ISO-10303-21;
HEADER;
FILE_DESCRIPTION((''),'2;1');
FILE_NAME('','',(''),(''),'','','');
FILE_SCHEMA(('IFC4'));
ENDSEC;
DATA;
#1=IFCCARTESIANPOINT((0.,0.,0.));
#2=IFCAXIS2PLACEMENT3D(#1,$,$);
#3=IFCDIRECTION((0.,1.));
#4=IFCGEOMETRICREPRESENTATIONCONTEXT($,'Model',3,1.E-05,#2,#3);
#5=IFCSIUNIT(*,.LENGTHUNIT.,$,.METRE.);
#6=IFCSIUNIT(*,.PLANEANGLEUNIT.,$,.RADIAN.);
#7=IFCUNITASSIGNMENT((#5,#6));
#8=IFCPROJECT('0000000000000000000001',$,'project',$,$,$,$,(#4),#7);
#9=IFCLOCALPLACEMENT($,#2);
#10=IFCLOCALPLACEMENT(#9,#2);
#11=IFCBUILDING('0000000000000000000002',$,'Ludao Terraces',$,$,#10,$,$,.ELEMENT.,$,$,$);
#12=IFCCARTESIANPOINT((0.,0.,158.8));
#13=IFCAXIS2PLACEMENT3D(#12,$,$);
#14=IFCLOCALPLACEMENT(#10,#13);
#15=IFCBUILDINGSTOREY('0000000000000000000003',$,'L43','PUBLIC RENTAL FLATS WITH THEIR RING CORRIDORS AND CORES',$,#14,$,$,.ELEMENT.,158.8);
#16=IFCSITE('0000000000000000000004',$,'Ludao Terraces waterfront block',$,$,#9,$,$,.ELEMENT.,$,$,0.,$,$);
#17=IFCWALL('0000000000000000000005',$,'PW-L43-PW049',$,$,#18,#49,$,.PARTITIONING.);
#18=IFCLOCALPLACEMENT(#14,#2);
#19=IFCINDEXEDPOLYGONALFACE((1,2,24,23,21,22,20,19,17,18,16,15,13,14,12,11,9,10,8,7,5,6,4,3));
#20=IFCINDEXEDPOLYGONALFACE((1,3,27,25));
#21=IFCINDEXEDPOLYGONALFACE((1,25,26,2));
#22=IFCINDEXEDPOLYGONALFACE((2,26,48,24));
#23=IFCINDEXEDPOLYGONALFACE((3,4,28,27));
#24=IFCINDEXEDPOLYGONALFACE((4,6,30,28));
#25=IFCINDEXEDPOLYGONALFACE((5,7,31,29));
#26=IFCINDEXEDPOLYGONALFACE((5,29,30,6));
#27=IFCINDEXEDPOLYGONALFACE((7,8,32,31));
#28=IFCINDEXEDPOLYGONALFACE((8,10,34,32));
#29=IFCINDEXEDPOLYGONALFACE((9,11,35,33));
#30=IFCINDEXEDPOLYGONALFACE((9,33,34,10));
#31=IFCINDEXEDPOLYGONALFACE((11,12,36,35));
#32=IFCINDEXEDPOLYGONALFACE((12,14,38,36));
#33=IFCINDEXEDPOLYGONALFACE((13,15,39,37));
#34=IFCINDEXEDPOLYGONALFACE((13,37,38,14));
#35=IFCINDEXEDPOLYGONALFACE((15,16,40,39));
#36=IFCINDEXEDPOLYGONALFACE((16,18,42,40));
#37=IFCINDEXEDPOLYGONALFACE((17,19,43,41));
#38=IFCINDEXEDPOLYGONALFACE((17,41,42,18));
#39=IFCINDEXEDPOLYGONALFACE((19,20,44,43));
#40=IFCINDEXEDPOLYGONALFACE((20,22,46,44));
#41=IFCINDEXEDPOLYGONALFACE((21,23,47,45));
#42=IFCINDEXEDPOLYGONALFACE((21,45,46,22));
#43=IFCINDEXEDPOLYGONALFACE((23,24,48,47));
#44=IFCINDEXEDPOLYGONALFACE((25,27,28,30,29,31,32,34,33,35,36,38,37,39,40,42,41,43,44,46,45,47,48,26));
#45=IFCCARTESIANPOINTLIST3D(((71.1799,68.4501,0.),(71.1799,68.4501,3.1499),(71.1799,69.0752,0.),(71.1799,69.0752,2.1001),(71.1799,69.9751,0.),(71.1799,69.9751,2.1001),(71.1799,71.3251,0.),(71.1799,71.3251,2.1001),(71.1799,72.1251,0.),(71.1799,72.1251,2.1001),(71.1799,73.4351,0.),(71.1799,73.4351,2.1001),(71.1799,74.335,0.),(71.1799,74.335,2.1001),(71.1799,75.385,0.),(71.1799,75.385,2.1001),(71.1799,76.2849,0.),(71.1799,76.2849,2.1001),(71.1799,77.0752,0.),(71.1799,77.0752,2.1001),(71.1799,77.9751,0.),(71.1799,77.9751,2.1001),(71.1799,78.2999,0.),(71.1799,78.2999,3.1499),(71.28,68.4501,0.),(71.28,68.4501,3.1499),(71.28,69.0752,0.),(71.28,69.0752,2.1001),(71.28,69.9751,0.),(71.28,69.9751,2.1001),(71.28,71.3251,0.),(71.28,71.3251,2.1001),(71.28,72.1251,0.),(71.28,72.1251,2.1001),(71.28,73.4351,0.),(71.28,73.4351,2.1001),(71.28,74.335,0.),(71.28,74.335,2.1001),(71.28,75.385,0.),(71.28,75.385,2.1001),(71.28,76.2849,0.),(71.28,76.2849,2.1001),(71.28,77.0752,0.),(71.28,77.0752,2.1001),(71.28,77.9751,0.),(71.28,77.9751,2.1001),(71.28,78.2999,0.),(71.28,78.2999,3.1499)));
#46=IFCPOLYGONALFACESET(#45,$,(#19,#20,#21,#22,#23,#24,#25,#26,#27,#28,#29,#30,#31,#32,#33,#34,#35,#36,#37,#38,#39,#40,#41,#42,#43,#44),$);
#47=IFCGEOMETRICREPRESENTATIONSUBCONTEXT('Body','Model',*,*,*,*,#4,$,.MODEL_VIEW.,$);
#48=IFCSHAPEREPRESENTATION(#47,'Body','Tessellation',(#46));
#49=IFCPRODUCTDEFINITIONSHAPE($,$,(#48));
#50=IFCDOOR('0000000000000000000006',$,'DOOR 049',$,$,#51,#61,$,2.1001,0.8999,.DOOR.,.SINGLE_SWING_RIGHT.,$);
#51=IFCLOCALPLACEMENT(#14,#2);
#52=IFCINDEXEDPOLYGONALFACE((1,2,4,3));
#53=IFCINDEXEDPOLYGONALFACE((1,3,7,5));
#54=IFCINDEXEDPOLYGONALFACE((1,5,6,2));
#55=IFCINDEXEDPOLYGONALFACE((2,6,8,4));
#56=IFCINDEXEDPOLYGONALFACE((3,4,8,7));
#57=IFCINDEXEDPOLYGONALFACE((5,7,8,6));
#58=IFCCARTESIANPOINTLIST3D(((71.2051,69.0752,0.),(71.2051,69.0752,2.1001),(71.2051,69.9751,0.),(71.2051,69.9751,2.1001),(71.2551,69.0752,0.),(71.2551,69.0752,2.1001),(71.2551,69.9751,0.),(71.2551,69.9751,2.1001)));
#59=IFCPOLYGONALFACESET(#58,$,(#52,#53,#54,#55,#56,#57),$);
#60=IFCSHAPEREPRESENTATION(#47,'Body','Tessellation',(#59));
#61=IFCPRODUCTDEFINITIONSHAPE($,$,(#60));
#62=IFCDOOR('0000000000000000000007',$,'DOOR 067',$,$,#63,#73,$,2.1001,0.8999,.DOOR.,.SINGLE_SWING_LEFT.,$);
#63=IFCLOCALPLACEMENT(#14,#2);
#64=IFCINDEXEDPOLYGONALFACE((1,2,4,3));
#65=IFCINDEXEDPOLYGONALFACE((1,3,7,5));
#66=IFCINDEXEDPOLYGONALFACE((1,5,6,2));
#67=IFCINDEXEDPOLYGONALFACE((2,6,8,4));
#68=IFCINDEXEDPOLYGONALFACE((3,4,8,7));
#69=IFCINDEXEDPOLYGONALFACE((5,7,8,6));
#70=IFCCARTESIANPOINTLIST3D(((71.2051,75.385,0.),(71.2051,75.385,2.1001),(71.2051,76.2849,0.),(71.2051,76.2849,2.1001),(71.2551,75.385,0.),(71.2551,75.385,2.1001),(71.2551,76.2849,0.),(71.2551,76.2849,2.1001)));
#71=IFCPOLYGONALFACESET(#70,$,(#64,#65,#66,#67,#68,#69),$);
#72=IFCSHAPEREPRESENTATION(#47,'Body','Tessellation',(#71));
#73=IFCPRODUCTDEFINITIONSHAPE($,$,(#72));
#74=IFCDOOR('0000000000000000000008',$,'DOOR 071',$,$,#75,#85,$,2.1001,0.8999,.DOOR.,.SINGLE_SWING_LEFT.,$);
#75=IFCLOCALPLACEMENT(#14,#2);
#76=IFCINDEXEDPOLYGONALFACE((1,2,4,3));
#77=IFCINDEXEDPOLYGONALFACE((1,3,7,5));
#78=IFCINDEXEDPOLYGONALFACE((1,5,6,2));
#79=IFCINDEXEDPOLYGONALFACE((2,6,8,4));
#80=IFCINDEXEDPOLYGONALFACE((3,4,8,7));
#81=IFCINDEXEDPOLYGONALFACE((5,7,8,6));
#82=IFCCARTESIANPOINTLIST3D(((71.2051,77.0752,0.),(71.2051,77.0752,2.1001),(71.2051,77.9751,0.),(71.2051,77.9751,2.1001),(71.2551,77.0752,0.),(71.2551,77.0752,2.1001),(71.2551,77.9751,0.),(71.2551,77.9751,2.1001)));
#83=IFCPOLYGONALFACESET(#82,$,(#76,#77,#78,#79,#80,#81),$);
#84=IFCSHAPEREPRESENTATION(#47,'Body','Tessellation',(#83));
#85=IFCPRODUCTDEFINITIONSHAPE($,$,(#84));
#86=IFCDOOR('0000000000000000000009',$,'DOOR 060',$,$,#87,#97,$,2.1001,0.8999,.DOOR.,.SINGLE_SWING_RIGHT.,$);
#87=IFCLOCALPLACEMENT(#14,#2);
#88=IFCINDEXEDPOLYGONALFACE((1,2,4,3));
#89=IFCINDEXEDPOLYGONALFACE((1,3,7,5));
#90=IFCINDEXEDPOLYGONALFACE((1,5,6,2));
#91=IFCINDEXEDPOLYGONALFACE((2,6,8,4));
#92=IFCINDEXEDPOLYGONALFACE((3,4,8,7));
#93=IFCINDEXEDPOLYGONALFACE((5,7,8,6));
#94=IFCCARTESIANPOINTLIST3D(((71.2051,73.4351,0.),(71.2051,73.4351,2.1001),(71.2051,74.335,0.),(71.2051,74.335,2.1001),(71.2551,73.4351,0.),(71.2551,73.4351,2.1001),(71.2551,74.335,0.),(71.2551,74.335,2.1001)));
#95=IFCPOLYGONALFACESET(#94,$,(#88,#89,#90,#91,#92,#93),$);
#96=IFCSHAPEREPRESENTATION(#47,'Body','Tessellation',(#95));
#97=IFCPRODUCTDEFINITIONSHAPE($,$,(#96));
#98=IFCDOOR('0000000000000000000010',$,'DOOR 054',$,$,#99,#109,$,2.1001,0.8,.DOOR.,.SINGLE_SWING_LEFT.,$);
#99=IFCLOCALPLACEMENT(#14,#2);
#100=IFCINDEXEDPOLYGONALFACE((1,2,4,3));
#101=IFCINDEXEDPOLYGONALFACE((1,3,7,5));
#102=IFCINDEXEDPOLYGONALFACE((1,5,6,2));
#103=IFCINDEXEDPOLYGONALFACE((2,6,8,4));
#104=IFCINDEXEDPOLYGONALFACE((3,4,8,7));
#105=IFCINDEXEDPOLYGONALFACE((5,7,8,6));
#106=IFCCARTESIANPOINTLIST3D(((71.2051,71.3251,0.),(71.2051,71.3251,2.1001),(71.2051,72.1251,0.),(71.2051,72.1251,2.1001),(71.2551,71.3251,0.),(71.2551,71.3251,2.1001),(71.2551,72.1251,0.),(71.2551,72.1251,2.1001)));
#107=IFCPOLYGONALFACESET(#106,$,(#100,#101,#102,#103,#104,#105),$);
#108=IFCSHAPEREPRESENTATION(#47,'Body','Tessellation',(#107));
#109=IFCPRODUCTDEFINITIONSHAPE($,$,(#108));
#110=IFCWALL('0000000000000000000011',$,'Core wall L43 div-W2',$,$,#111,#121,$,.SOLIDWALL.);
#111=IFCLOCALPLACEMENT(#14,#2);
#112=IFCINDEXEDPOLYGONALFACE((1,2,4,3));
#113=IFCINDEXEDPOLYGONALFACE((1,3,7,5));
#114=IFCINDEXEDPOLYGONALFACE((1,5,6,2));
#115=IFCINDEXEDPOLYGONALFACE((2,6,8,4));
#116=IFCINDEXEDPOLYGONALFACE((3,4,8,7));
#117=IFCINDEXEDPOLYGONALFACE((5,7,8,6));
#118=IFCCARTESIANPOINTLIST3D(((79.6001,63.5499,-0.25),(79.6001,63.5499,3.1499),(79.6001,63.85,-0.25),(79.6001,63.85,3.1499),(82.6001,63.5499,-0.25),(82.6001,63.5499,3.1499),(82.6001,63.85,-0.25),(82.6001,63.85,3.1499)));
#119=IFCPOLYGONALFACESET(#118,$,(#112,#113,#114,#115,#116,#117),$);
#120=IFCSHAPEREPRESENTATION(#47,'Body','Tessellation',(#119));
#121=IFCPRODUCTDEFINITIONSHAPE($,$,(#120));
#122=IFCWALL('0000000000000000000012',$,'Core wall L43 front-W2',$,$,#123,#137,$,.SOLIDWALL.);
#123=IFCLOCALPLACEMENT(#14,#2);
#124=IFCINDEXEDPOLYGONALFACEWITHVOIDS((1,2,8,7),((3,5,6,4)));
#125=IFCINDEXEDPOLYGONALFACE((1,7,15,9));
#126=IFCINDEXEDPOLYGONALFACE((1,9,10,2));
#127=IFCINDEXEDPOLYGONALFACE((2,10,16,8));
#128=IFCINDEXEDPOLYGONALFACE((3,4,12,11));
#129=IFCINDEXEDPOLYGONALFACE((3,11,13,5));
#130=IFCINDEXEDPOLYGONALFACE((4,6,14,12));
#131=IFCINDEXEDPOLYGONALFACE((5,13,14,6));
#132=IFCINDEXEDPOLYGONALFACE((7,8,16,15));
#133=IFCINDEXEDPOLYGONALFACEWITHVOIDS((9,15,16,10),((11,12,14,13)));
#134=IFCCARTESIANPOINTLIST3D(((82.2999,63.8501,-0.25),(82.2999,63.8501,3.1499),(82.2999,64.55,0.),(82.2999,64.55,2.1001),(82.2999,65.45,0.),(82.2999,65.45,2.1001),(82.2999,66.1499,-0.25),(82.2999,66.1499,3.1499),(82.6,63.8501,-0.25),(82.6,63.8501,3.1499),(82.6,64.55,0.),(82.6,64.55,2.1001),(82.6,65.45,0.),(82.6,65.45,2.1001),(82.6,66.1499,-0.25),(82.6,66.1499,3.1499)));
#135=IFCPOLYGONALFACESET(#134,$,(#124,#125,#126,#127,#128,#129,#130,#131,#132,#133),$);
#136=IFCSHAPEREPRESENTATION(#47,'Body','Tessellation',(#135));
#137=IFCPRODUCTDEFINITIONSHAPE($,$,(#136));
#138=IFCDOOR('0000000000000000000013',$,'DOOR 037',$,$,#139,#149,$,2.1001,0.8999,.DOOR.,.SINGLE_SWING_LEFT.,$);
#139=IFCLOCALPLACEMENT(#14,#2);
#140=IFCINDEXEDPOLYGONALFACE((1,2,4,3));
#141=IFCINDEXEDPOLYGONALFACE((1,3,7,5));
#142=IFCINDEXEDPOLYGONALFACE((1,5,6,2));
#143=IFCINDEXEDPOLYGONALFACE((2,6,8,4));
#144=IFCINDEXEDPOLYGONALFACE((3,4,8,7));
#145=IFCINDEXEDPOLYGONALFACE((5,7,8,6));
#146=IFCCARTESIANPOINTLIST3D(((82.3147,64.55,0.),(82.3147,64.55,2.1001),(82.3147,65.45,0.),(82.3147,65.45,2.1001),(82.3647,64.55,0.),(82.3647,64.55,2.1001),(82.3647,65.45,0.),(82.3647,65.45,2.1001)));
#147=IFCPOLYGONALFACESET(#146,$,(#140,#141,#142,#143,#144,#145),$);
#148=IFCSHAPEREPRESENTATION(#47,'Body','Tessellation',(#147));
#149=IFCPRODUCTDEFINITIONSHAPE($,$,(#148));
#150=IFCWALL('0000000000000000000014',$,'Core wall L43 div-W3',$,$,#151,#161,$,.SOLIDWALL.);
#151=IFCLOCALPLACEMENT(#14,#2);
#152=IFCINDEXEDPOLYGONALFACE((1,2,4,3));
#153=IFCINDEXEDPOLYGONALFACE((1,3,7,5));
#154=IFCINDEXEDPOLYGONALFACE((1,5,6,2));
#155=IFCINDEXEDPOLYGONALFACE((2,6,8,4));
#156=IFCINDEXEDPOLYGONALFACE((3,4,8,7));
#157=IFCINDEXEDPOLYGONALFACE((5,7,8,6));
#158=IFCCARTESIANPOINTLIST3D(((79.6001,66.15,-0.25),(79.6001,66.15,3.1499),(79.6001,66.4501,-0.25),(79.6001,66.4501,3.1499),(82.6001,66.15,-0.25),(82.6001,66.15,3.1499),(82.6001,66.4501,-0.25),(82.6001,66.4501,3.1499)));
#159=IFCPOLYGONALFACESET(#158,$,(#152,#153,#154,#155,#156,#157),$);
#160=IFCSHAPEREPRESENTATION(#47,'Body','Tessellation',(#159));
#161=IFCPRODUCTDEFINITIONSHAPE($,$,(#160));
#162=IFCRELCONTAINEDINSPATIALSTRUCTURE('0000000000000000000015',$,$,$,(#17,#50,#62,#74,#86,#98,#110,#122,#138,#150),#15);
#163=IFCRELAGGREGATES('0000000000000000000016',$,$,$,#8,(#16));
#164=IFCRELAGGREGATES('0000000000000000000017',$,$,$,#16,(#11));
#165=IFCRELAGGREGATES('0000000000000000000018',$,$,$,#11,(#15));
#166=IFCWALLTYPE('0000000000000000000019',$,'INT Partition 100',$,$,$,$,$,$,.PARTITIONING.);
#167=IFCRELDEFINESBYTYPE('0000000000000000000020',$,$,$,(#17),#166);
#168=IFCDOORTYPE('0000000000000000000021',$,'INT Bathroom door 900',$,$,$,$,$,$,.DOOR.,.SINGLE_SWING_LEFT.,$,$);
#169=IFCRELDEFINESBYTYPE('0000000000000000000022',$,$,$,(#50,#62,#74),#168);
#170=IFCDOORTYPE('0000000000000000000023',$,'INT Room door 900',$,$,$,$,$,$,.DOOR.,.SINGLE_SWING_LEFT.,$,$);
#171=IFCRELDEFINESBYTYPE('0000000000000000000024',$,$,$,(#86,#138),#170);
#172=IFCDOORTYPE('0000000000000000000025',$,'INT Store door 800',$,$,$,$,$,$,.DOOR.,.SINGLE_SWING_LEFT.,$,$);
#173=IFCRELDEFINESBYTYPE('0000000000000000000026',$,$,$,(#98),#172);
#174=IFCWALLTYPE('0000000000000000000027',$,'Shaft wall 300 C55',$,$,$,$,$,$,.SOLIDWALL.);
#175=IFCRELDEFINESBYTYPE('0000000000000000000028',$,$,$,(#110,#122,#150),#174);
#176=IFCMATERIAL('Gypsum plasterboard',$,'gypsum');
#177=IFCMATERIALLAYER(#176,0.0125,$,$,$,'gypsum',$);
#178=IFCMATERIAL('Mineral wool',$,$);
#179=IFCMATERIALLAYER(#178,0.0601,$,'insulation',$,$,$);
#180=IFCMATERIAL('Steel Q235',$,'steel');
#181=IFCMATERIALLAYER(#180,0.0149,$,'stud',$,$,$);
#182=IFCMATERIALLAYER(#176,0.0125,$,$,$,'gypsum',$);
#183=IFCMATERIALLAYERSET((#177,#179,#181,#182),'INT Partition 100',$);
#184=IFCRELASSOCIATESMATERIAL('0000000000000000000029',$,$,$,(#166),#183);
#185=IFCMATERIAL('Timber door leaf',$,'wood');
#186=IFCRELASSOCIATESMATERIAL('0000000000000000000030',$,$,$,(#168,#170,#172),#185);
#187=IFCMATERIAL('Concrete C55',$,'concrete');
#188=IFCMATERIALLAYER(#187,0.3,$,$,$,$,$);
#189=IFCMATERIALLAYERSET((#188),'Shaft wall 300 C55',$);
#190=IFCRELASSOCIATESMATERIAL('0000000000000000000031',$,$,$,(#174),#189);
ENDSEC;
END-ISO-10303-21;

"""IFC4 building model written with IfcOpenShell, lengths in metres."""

from ifc_helpers import new_model, si_unit, direction, frame, frame_2d, origin, place, context, subcontext, project, spatial, rectangle, extrude, material, layer, layer_set, type_object, element, fill, save


model = new_model("IFC4")

# Units and contexts
model_context = context("Model", 3, precision=1e-05, world=origin(), true_north=direction((0.0, 1.0)))
body_context = subcontext(model_context, "Body", "Model", "MODEL_VIEW")
ifc_project = project(units=[si_unit("LENGTHUNIT", "METRE"), si_unit("PLANEANGLEUNIT", "RADIAN")], contexts=[model_context])

# Site, building, storey
site_placement = place(None, origin())
site = spatial("IfcSite", under=ifc_project, at=site_placement, Name="Ludao Terraces waterfront block", CompositionType="ELEMENT", RefElevation=0.0)
building_placement = place(site_placement, origin())
building = spatial("IfcBuilding", under=site, at=building_placement, Name="Ludao Terraces", CompositionType="ELEMENT")
storey_placement = place(building_placement, frame((0.0, 0.0, 158.8)))
storey = spatial("IfcBuildingStorey", under=building, at=storey_placement, Name="L43", Description="PUBLIC RENTAL FLATS WITH THEIR RING CORRIDORS AND CORES", CompositionType="ELEMENT", Elevation=158.8)

# Shared definitions
ifc_material_1 = material(Name="Mineral wool")
ifc_material_2 = material(Name="Steel Q235", Category="steel")
ifc_material_3 = material(Name="Gypsum plasterboard", Category="gypsum")
ifc_layer_1 = layer(ifc_material_3, 0.0125, Category="gypsum")
ifc_layer_2 = layer(ifc_material_1, 0.0601, Name="insulation")
ifc_layer_3 = layer(ifc_material_2, 0.0149, Name="stud")
ifc_layer_4 = layer(ifc_material_3, 0.0125, Category="gypsum")
ifc_layer_set_1 = layer_set([ifc_layer_1, ifc_layer_2, ifc_layer_3, ifc_layer_4], Name="INT Partition 100")
wall_type_1 = type_object("IfcWallType", Name="INT Partition 100", PredefinedType="PARTITIONING", material=ifc_layer_set_1)

# Wall, openings, doors
wall_1_placement = place(storey_placement, frame((71.23, 68.4502, 0.0), z_axis=(0.0, 0.0, 1.0), x_axis=(0.0, 1.0, 0.0)))
wall_1 = element("IfcWall", 1, at=wall_1_placement, inside=storey, type_object=wall_type_1, Name="PW-L43-PW049", PredefinedType="PARTITIONING", context=body_context, shape_type="SweptSolid", body=[
    extrude(rectangle(XDim=9.8499, YDim=0.1001, at=frame_2d((4.9248, 0.0))), origin(), (0.0, 0.0, 1.0), 3.1499),
])
opening_1_placement = place(wall_1_placement, frame((0.625, 0.0, 0.0)))
opening_1 = element("IfcOpeningElement", 2, at=opening_1_placement, cuts=wall_1, PredefinedType="OPENING", context=body_context, shape_type="SweptSolid", body=[
    extrude(rectangle(XDim=0.8999, YDim=2.1001, at=frame_2d((0.45, 1.05))), frame((0.0, 0.0601, 0.0), z_axis=(0.0, -1.0, 0.0), x_axis=(1.0, 0.0, 0.0)), (0.0, 0.0, 1.0), 0.1201),
])
opening_2_placement = place(wall_1_placement, frame((2.875, 0.0, 0.0)))
opening_2 = element("IfcOpeningElement", 3, at=opening_2_placement, cuts=wall_1, PredefinedType="OPENING", context=body_context, shape_type="SweptSolid", body=[
    extrude(rectangle(XDim=0.8, YDim=2.1001, at=frame_2d((0.3999, 1.05))), frame((0.0, 0.0601, 0.0), z_axis=(0.0, -1.0, 0.0), x_axis=(1.0, 0.0, 0.0)), (0.0, 0.0, 1.0), 0.1201),
])
opening_3_placement = place(wall_1_placement, frame((4.9849, 0.0, 0.0)))
opening_3 = element("IfcOpeningElement", 4, at=opening_3_placement, cuts=wall_1, PredefinedType="OPENING", context=body_context, shape_type="SweptSolid", body=[
    extrude(rectangle(XDim=0.8999, YDim=2.1001, at=frame_2d((0.45, 1.05))), frame((0.0, 0.0601, 0.0), z_axis=(0.0, -1.0, 0.0), x_axis=(1.0, 0.0, 0.0)), (0.0, 0.0, 1.0), 0.1201),
])
opening_4_placement = place(wall_1_placement, frame((6.9348, 0.0, 0.0)))
opening_4 = element("IfcOpeningElement", 5, at=opening_4_placement, cuts=wall_1, PredefinedType="OPENING", context=body_context, shape_type="SweptSolid", body=[
    extrude(rectangle(XDim=0.8999, YDim=2.1001, at=frame_2d((0.45, 1.05))), frame((0.0, 0.0601, 0.0), z_axis=(0.0, -1.0, 0.0), x_axis=(1.0, 0.0, 0.0)), (0.0, 0.0, 1.0), 0.1201),
])
opening_5_placement = place(wall_1_placement, frame((8.625, 0.0, 0.0)))
opening_5 = element("IfcOpeningElement", 6, at=opening_5_placement, cuts=wall_1, PredefinedType="OPENING", context=body_context, shape_type="SweptSolid", body=[
    extrude(rectangle(XDim=0.8999, YDim=2.1001, at=frame_2d((0.45, 1.05))), frame((0.0, 0.0601, 0.0), z_axis=(0.0, -1.0, 0.0), x_axis=(1.0, 0.0, 0.0)), (0.0, 0.0, 1.0), 0.1201),
])
ifc_material_4 = material(Name="Timber door leaf", Category="wood")
door_type_1 = type_object("IfcDoorType", Name="INT Bathroom door 900", OperationType="SINGLE_SWING_LEFT", PredefinedType="DOOR", material=ifc_material_4)
door_1_placement = place(opening_1_placement, origin())
door_1 = element("IfcDoor", 7, at=door_1_placement, inside=storey, type_object=door_type_1, Name="DOOR 049", OperationType="SINGLE_SWING_RIGHT", OverallHeight=2.1001, OverallWidth=0.8999, PredefinedType="DOOR", context=body_context, shape_type="SweptSolid", body=[
    extrude(rectangle(XDim=0.8999, YDim=2.1001, at=frame_2d((0.45, 1.05))), frame((0.0, 0.0249, 0.0), z_axis=(0.0, -1.0, 0.0), x_axis=(1.0, 0.0, 0.0)), (0.0, 0.0, 1.0), 0.05),
])
fill(opening_1, door_1)
door_2_placement = place(opening_4_placement, origin())
door_2 = element("IfcDoor", 8, at=door_2_placement, inside=storey, type_object=door_type_1, Name="DOOR 067", OperationType="SINGLE_SWING_LEFT", OverallHeight=2.1001, OverallWidth=0.8999, PredefinedType="DOOR", context=body_context, shape_type="SweptSolid", body=[
    extrude(rectangle(XDim=0.8999, YDim=2.1001, at=frame_2d((0.45, 1.05))), frame((0.0, 0.0249, 0.0), z_axis=(0.0, -1.0, 0.0), x_axis=(1.0, 0.0, 0.0)), (0.0, 0.0, 1.0), 0.05),
])
fill(opening_4, door_2)
door_3_placement = place(opening_5_placement, origin())
door_3 = element("IfcDoor", 9, at=door_3_placement, inside=storey, type_object=door_type_1, Name="DOOR 071", OperationType="SINGLE_SWING_LEFT", OverallHeight=2.1001, OverallWidth=0.8999, PredefinedType="DOOR", context=body_context, shape_type="SweptSolid", body=[
    extrude(rectangle(XDim=0.8999, YDim=2.1001, at=frame_2d((0.45, 1.05))), frame((0.0, 0.0249, 0.0), z_axis=(0.0, -1.0, 0.0), x_axis=(1.0, 0.0, 0.0)), (0.0, 0.0, 1.0), 0.05),
])
fill(opening_5, door_3)
door_type_2 = type_object("IfcDoorType", Name="INT Room door 900", OperationType="SINGLE_SWING_LEFT", PredefinedType="DOOR", material=ifc_material_4)
door_4_placement = place(opening_3_placement, origin())
door_4 = element("IfcDoor", 10, at=door_4_placement, inside=storey, type_object=door_type_2, Name="DOOR 060", OperationType="SINGLE_SWING_RIGHT", OverallHeight=2.1001, OverallWidth=0.8999, PredefinedType="DOOR", context=body_context, shape_type="SweptSolid", body=[
    extrude(rectangle(XDim=0.8999, YDim=2.1001, at=frame_2d((0.45, 1.05))), frame((0.0, 0.0249, 0.0), z_axis=(0.0, -1.0, 0.0), x_axis=(1.0, 0.0, 0.0)), (0.0, 0.0, 1.0), 0.05),
])
fill(opening_3, door_4)
door_type_3 = type_object("IfcDoorType", Name="INT Store door 800", OperationType="SINGLE_SWING_LEFT", PredefinedType="DOOR", material=ifc_material_4)
door_5_placement = place(opening_2_placement, origin())
door_5 = element("IfcDoor", 11, at=door_5_placement, inside=storey, type_object=door_type_3, Name="DOOR 054", OperationType="SINGLE_SWING_LEFT", OverallHeight=2.1001, OverallWidth=0.8, PredefinedType="DOOR", context=body_context, shape_type="SweptSolid", body=[
    extrude(rectangle(XDim=0.8, YDim=2.1001, at=frame_2d((0.3999, 1.05))), frame((0.0, 0.0249, 0.0), z_axis=(0.0, -1.0, 0.0), x_axis=(1.0, 0.0, 0.0)), (0.0, 0.0, 1.0), 0.05),
])
fill(opening_2, door_5)

# Wall
ifc_material_5 = material(Name="Concrete C55", Category="concrete")
ifc_layer_5 = layer(ifc_material_5, 0.3)
ifc_layer_set_2 = layer_set([ifc_layer_5], Name="Shaft wall 300 C55")
wall_type_2 = type_object("IfcWallType", Name="Shaft wall 300 C55", PredefinedType="SOLIDWALL", material=ifc_layer_set_2)
wall_2_placement = place(storey_placement, frame((79.6001, 63.7, -0.25), z_axis=(0.0, 0.0, 1.0), x_axis=(1.0, 0.0, 0.0)))
element("IfcWall", 12, at=wall_2_placement, inside=storey, type_object=wall_type_2, Name="Core wall L43 div-W2", PredefinedType="SOLIDWALL", context=body_context, shape_type="SweptSolid", body=[
    extrude(rectangle(XDim=3.0, YDim=0.3, at=frame_2d((1.5, 0.0))), origin(), (0.0, 0.0, 1.0), 3.3999),
])

# Wall, opening, door
wall_3_placement = place(storey_placement, frame((82.45, 63.8501, -0.25), z_axis=(0.0, 0.0, 1.0), x_axis=(0.0, 1.0, 0.0)))
wall_3 = element("IfcWall", 13, at=wall_3_placement, inside=storey, type_object=wall_type_2, Name="Core wall L43 front-W2", PredefinedType="SOLIDWALL", context=body_context, shape_type="SweptSolid", body=[
    extrude(rectangle(XDim=2.2998, YDim=0.3, at=frame_2d((1.1499, 0.0))), origin(), (0.0, 0.0, 1.0), 3.3999),
])
opening_6_placement = place(wall_3_placement, frame((0.7, 0.0, 0.25)))
opening_6 = element("IfcOpeningElement", 14, at=opening_6_placement, cuts=wall_3, PredefinedType="OPENING", context=body_context, shape_type="SweptSolid", body=[
    extrude(rectangle(XDim=0.8999, YDim=2.1001, at=frame_2d((0.45, 1.05))), frame((0.0, 0.1602, 0.0), z_axis=(0.0, -1.0, 0.0), x_axis=(1.0, 0.0, 0.0)), (0.0, 0.0, 1.0), 0.3201),
])
door_6_placement = place(opening_6_placement, origin())
door_6 = element("IfcDoor", 15, at=door_6_placement, inside=storey, type_object=door_type_2, Name="DOOR 037", OperationType="SINGLE_SWING_LEFT", OverallHeight=2.1001, OverallWidth=0.8999, PredefinedType="DOOR", context=body_context, shape_type="SweptSolid", body=[
    extrude(rectangle(XDim=0.8999, YDim=2.1001, at=frame_2d((0.45, 1.05))), frame((0.0, 0.1353, 0.0), z_axis=(0.0, -1.0, 0.0), x_axis=(1.0, 0.0, 0.0)), (0.0, 0.0, 1.0), 0.05),
])
fill(opening_6, door_6)

# Wall
wall_4_placement = place(storey_placement, frame((79.6001, 66.3, -0.25), z_axis=(0.0, 0.0, 1.0), x_axis=(1.0, 0.0, 0.0)))
element("IfcWall", 16, at=wall_4_placement, inside=storey, type_object=wall_type_2, Name="Core wall L43 div-W3", PredefinedType="SOLIDWALL", context=body_context, shape_type="SweptSolid", body=[
    extrude(rectangle(XDim=3.0, YDim=0.3, at=frame_2d((1.5, 0.0))), origin(), (0.0, 0.0, 1.0), 3.3999),
])

save(model, "model.ifc")
